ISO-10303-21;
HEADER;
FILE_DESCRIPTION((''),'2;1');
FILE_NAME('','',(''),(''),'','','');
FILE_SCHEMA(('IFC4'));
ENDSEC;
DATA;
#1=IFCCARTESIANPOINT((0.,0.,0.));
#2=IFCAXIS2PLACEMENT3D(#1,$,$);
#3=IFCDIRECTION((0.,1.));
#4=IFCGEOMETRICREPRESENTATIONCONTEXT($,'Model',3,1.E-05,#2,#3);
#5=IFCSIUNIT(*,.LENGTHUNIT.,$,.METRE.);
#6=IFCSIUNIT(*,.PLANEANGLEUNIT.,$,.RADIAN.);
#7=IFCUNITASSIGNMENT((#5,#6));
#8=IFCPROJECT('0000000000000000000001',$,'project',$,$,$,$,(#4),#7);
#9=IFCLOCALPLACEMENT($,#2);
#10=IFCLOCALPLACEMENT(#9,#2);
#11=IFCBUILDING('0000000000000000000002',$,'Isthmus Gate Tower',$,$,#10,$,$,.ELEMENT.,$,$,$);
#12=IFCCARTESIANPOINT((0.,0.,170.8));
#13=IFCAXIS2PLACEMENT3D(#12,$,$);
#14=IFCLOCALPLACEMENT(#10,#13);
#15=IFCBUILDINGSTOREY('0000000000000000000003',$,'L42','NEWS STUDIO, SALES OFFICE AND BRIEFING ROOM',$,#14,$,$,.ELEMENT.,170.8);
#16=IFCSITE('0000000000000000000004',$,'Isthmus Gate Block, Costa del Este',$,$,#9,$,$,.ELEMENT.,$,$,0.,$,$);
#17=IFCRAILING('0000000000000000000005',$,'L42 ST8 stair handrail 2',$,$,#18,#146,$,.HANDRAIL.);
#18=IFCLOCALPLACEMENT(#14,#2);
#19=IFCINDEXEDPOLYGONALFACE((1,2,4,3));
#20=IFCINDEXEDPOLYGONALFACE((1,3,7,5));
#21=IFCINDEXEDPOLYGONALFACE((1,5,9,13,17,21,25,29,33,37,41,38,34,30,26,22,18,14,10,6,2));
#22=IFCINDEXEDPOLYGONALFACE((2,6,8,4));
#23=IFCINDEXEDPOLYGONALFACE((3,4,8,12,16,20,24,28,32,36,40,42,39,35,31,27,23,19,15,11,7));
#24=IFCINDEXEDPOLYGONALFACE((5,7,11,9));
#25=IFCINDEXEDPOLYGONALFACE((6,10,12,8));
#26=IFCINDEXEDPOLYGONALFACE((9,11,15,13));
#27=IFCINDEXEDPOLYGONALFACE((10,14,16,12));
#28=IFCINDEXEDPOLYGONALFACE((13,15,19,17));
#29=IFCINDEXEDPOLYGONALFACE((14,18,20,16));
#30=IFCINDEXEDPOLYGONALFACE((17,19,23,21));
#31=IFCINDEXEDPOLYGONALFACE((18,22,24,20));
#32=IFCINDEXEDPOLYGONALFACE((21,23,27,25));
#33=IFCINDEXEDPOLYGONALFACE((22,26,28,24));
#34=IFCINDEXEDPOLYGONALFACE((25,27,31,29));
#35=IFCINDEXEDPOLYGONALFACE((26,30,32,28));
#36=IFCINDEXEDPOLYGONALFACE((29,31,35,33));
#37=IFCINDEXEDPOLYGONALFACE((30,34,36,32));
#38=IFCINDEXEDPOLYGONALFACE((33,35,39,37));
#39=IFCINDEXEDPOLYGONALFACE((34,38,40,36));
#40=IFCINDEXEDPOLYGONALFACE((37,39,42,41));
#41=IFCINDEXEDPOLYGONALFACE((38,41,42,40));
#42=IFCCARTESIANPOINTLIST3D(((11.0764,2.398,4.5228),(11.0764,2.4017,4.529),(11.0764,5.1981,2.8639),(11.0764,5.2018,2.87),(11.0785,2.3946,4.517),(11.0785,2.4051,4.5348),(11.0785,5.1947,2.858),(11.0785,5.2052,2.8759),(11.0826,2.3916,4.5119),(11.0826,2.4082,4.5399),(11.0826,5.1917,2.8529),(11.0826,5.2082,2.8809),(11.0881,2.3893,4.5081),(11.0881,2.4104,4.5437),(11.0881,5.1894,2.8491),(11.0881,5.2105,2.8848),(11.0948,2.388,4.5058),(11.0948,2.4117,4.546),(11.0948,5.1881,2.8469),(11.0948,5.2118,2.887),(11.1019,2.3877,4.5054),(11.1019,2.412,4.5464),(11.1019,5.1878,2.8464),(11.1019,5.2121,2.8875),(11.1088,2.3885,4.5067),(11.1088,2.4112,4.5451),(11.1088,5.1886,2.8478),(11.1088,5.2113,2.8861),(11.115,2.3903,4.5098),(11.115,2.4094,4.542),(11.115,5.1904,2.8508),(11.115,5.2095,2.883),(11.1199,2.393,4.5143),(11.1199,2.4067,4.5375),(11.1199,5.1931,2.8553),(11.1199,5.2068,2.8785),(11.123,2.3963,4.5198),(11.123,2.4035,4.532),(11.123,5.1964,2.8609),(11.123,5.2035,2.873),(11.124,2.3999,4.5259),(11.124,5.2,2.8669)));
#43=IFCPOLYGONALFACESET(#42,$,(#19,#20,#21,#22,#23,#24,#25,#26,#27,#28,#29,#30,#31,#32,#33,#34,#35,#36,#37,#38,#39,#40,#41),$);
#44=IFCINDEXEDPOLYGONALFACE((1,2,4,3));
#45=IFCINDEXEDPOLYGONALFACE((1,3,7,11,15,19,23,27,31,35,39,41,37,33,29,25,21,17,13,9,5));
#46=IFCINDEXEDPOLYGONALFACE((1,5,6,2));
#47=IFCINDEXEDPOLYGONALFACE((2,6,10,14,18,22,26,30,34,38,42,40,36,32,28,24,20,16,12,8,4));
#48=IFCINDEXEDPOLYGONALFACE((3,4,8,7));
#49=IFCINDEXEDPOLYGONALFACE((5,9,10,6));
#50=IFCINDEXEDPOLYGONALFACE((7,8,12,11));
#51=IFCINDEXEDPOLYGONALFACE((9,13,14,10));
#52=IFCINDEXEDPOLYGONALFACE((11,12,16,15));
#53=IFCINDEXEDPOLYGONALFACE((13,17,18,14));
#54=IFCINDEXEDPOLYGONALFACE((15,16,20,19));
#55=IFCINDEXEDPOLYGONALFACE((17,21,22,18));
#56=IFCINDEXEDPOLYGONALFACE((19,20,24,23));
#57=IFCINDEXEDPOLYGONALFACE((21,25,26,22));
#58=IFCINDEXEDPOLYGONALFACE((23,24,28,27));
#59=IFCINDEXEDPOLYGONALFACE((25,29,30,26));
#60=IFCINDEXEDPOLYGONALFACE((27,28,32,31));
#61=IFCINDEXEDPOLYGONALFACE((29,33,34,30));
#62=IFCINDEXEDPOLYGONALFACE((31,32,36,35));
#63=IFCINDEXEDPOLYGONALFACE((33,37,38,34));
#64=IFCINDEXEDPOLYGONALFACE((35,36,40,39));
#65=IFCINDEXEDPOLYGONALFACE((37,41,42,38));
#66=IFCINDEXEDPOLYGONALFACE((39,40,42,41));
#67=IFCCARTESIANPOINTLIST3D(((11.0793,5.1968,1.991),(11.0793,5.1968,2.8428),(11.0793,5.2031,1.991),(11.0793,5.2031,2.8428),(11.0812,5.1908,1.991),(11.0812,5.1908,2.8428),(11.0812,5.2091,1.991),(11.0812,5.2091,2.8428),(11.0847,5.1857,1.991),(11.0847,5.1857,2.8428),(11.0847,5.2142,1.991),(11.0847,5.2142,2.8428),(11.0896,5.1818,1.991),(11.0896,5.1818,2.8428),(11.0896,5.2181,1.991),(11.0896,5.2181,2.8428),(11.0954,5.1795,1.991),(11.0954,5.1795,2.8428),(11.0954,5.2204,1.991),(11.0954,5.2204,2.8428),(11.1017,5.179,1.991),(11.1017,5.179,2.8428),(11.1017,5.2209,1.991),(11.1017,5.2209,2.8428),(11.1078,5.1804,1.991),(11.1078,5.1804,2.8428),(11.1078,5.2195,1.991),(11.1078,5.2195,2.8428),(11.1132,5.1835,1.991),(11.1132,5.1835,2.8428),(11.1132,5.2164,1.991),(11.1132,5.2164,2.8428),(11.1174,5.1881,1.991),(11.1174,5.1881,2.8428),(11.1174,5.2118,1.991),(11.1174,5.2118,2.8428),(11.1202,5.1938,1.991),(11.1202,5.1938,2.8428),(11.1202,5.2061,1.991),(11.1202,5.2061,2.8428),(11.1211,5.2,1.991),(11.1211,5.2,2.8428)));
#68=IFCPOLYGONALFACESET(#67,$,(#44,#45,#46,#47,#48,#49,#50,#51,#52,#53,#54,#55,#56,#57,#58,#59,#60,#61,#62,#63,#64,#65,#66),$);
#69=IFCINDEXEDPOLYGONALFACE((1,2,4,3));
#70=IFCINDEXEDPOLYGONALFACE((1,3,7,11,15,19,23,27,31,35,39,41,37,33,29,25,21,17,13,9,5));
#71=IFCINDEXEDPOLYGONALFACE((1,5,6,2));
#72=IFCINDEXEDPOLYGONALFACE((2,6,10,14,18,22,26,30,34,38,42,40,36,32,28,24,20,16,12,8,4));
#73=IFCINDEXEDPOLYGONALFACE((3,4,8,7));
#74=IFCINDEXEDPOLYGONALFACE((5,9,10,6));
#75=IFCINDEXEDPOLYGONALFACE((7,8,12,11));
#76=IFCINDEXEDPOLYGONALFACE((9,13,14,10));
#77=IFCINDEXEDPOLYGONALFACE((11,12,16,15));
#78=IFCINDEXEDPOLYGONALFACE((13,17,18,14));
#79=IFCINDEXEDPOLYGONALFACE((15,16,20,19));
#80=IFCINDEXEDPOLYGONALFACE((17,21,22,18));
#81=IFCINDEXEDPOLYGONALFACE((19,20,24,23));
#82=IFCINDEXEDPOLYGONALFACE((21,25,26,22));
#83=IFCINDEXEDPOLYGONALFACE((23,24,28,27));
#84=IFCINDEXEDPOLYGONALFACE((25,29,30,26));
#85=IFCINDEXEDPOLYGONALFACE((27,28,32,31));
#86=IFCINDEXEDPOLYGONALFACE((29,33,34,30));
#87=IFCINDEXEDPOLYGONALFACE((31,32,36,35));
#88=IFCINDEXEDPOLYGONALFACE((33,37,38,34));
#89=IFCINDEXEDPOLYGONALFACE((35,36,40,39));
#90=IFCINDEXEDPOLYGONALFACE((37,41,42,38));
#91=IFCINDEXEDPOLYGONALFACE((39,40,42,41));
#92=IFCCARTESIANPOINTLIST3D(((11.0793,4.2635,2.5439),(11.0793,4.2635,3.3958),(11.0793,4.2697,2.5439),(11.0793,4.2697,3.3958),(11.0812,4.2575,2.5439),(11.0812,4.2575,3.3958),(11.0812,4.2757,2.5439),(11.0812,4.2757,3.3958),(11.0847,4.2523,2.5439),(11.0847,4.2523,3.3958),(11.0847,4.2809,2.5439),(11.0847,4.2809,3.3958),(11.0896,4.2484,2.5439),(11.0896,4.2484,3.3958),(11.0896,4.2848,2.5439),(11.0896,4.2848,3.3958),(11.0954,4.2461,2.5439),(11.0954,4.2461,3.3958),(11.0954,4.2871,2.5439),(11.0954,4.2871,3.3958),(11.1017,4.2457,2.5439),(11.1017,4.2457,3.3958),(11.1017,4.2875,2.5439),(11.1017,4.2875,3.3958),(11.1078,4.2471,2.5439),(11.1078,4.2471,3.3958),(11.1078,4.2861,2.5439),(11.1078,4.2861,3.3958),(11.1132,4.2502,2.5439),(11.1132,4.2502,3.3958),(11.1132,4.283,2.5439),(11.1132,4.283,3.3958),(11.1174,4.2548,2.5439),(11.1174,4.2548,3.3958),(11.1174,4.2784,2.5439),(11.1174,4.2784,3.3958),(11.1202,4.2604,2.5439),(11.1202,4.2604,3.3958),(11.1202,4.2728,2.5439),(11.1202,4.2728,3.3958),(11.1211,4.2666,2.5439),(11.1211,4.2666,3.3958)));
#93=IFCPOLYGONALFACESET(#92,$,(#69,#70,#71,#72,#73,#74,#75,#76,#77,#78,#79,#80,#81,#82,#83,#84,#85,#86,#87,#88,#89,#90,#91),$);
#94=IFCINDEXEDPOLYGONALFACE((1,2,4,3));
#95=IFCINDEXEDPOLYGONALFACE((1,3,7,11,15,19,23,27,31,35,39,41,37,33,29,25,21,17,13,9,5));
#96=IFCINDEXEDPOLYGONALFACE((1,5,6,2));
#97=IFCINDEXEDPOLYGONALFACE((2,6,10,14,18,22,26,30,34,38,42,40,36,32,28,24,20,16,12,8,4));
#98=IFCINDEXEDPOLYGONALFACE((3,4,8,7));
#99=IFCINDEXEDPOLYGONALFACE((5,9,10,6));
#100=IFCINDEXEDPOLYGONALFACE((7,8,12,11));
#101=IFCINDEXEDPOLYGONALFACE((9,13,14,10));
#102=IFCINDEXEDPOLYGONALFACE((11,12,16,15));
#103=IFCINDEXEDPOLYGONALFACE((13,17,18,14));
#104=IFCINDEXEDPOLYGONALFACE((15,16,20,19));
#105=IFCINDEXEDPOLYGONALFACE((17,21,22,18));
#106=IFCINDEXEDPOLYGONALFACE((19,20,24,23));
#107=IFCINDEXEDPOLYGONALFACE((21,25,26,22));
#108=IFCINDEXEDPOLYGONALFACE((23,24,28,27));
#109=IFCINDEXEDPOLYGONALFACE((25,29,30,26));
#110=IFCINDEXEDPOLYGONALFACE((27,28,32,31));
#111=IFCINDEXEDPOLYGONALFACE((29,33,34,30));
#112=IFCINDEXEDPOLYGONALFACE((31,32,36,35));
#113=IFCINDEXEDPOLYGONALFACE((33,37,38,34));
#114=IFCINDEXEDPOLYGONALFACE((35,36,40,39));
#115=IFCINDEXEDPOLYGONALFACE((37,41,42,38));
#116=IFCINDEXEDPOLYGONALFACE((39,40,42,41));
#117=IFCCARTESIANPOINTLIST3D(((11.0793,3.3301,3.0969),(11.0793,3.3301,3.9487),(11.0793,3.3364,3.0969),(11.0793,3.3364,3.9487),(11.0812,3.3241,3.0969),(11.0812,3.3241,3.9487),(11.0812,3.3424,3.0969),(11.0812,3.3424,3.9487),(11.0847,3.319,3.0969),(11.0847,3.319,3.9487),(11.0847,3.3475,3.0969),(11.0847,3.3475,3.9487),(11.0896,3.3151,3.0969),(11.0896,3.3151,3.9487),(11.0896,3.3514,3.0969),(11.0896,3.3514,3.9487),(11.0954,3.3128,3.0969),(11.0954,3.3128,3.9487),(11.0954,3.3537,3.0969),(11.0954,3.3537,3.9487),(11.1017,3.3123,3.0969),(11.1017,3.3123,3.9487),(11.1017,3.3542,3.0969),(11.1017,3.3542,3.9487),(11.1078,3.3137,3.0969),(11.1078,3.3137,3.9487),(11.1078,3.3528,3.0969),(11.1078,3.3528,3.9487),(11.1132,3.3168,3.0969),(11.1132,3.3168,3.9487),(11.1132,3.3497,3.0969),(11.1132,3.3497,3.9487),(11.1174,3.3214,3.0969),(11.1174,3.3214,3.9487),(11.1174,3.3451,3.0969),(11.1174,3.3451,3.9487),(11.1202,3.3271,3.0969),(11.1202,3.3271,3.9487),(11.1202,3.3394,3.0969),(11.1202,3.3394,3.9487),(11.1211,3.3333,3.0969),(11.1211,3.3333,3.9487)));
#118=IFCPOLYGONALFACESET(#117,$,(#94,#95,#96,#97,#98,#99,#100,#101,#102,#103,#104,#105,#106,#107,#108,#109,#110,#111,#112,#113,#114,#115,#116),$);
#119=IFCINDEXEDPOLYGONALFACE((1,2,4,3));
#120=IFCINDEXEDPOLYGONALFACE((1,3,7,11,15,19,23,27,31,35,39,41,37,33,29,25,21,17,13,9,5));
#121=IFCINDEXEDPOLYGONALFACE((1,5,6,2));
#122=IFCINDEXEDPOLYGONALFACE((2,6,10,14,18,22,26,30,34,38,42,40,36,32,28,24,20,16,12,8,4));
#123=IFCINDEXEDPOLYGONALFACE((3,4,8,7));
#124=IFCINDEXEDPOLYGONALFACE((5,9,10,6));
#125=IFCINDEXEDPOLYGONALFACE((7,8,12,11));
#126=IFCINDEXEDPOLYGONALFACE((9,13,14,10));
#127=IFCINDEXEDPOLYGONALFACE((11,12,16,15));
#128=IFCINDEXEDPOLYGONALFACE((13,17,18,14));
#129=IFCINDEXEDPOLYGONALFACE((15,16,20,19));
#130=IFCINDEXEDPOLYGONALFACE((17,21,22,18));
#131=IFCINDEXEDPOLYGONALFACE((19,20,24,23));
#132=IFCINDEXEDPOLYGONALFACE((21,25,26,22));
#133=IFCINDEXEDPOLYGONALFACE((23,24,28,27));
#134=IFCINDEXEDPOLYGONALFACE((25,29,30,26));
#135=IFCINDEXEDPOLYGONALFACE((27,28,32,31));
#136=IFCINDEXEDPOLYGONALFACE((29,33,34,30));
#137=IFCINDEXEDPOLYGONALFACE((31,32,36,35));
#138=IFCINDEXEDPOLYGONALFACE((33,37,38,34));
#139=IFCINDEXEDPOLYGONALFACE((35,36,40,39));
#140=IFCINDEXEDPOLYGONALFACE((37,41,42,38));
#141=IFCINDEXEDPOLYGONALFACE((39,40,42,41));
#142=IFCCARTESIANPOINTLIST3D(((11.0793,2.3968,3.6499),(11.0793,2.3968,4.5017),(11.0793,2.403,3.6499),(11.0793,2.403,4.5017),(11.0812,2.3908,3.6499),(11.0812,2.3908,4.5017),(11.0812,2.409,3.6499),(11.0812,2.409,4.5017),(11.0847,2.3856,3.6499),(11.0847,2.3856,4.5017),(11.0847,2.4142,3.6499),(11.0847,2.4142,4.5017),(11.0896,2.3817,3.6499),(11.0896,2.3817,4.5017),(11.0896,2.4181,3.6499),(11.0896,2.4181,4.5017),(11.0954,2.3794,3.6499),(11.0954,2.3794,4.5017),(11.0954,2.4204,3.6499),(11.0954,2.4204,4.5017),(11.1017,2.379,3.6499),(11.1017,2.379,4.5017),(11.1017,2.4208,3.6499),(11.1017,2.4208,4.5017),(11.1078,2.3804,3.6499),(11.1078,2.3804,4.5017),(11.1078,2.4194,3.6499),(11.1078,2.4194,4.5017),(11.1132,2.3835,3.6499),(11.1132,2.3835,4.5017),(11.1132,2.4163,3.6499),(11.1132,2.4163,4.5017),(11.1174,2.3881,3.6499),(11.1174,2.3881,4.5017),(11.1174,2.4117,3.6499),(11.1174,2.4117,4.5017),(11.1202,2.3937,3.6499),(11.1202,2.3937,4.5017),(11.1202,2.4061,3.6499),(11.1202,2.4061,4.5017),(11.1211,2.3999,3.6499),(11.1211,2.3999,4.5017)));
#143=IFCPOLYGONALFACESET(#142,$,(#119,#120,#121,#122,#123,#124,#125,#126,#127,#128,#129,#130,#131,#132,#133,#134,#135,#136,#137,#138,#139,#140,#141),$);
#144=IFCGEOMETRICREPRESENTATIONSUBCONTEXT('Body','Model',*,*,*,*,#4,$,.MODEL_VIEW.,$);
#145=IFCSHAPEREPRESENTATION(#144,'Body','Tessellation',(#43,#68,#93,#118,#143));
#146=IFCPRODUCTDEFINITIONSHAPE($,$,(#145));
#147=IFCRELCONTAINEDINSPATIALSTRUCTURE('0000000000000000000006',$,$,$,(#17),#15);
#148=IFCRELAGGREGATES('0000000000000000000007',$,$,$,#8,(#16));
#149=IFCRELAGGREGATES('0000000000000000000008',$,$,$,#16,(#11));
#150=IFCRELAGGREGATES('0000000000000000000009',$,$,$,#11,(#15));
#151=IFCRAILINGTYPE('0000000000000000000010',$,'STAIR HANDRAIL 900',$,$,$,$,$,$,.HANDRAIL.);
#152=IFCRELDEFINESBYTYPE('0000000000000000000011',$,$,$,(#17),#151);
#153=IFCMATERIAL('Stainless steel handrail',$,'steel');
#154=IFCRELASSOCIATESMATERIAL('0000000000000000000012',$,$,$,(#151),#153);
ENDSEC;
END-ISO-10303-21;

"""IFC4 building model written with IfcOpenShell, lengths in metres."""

from ifc_helpers import new_model, si_unit, direction, frame, origin, origin_2d, place, context, subcontext, project, spatial, circle, extrude, material, type_object, element, save


model = new_model("IFC4")

# Units and contexts
model_context = context("Model", 3, precision=1e-05, world=origin(), true_north=direction((0.0, 1.0)))
body_context = subcontext(model_context, "Body", "Model", "MODEL_VIEW")
ifc_project = project(units=[si_unit("LENGTHUNIT", "METRE"), si_unit("PLANEANGLEUNIT", "RADIAN")], contexts=[model_context])

# Site, building, storey
site_placement = place(None, origin())
site = spatial("IfcSite", under=ifc_project, at=site_placement, Name="Isthmus Gate Block, Costa del Este", CompositionType="ELEMENT", RefElevation=0.0)
building_placement = place(site_placement, origin())
building = spatial("IfcBuilding", under=site, at=building_placement, Name="Isthmus Gate Tower", CompositionType="ELEMENT")
storey_placement = place(building_placement, frame((0.0, 0.0, 170.8)))
storey = spatial("IfcBuildingStorey", under=building, at=storey_placement, Name="L42", Description="NEWS STUDIO, SALES OFFICE AND BRIEFING ROOM", CompositionType="ELEMENT", Elevation=170.8)

# Railing
ifc_material_1 = material(Name="Stainless steel handrail", Category="steel")
railing_type_1 = type_object("IfcRailingType", Name="STAIR HANDRAIL 900", PredefinedType="HANDRAIL", material=ifc_material_1)
railing_1_placement = place(storey_placement, frame((11.1001, 5.2, 1.991)))
element("IfcRailing", 1, at=railing_1_placement, inside=storey, type_object=railing_type_1, Name="L42 ST8 stair handrail 2", PredefinedType="HANDRAIL", context=body_context, shape_type="SweptSolid", body=[
    extrude(circle(Radius=0.0239, at=origin_2d()), frame((0.0, 0.0, 0.876), z_axis=(0.0, -0.860339, 0.509722), x_axis=(1.0, 0.0, 0.0)), (0.0, 0.0, 1.0), 3.2546),
    extrude(circle(Radius=0.021, at=origin_2d()), origin(), (0.0, 0.0, 1.0), 0.8518),
    extrude(circle(Radius=0.021, at=origin_2d()), frame((0.0, -0.9333, 0.553)), (0.0, 0.0, 1.0), 0.8518),
    extrude(circle(Radius=0.021, at=origin_2d()), frame((0.0, -1.8667, 1.106)), (0.0, 0.0, 1.0), 0.8518),
    extrude(circle(Radius=0.021, at=origin_2d()), frame((0.0, -2.8, 1.6589)), (0.0, 0.0, 1.0), 0.8518),
])

save(model, "model.ifc")
